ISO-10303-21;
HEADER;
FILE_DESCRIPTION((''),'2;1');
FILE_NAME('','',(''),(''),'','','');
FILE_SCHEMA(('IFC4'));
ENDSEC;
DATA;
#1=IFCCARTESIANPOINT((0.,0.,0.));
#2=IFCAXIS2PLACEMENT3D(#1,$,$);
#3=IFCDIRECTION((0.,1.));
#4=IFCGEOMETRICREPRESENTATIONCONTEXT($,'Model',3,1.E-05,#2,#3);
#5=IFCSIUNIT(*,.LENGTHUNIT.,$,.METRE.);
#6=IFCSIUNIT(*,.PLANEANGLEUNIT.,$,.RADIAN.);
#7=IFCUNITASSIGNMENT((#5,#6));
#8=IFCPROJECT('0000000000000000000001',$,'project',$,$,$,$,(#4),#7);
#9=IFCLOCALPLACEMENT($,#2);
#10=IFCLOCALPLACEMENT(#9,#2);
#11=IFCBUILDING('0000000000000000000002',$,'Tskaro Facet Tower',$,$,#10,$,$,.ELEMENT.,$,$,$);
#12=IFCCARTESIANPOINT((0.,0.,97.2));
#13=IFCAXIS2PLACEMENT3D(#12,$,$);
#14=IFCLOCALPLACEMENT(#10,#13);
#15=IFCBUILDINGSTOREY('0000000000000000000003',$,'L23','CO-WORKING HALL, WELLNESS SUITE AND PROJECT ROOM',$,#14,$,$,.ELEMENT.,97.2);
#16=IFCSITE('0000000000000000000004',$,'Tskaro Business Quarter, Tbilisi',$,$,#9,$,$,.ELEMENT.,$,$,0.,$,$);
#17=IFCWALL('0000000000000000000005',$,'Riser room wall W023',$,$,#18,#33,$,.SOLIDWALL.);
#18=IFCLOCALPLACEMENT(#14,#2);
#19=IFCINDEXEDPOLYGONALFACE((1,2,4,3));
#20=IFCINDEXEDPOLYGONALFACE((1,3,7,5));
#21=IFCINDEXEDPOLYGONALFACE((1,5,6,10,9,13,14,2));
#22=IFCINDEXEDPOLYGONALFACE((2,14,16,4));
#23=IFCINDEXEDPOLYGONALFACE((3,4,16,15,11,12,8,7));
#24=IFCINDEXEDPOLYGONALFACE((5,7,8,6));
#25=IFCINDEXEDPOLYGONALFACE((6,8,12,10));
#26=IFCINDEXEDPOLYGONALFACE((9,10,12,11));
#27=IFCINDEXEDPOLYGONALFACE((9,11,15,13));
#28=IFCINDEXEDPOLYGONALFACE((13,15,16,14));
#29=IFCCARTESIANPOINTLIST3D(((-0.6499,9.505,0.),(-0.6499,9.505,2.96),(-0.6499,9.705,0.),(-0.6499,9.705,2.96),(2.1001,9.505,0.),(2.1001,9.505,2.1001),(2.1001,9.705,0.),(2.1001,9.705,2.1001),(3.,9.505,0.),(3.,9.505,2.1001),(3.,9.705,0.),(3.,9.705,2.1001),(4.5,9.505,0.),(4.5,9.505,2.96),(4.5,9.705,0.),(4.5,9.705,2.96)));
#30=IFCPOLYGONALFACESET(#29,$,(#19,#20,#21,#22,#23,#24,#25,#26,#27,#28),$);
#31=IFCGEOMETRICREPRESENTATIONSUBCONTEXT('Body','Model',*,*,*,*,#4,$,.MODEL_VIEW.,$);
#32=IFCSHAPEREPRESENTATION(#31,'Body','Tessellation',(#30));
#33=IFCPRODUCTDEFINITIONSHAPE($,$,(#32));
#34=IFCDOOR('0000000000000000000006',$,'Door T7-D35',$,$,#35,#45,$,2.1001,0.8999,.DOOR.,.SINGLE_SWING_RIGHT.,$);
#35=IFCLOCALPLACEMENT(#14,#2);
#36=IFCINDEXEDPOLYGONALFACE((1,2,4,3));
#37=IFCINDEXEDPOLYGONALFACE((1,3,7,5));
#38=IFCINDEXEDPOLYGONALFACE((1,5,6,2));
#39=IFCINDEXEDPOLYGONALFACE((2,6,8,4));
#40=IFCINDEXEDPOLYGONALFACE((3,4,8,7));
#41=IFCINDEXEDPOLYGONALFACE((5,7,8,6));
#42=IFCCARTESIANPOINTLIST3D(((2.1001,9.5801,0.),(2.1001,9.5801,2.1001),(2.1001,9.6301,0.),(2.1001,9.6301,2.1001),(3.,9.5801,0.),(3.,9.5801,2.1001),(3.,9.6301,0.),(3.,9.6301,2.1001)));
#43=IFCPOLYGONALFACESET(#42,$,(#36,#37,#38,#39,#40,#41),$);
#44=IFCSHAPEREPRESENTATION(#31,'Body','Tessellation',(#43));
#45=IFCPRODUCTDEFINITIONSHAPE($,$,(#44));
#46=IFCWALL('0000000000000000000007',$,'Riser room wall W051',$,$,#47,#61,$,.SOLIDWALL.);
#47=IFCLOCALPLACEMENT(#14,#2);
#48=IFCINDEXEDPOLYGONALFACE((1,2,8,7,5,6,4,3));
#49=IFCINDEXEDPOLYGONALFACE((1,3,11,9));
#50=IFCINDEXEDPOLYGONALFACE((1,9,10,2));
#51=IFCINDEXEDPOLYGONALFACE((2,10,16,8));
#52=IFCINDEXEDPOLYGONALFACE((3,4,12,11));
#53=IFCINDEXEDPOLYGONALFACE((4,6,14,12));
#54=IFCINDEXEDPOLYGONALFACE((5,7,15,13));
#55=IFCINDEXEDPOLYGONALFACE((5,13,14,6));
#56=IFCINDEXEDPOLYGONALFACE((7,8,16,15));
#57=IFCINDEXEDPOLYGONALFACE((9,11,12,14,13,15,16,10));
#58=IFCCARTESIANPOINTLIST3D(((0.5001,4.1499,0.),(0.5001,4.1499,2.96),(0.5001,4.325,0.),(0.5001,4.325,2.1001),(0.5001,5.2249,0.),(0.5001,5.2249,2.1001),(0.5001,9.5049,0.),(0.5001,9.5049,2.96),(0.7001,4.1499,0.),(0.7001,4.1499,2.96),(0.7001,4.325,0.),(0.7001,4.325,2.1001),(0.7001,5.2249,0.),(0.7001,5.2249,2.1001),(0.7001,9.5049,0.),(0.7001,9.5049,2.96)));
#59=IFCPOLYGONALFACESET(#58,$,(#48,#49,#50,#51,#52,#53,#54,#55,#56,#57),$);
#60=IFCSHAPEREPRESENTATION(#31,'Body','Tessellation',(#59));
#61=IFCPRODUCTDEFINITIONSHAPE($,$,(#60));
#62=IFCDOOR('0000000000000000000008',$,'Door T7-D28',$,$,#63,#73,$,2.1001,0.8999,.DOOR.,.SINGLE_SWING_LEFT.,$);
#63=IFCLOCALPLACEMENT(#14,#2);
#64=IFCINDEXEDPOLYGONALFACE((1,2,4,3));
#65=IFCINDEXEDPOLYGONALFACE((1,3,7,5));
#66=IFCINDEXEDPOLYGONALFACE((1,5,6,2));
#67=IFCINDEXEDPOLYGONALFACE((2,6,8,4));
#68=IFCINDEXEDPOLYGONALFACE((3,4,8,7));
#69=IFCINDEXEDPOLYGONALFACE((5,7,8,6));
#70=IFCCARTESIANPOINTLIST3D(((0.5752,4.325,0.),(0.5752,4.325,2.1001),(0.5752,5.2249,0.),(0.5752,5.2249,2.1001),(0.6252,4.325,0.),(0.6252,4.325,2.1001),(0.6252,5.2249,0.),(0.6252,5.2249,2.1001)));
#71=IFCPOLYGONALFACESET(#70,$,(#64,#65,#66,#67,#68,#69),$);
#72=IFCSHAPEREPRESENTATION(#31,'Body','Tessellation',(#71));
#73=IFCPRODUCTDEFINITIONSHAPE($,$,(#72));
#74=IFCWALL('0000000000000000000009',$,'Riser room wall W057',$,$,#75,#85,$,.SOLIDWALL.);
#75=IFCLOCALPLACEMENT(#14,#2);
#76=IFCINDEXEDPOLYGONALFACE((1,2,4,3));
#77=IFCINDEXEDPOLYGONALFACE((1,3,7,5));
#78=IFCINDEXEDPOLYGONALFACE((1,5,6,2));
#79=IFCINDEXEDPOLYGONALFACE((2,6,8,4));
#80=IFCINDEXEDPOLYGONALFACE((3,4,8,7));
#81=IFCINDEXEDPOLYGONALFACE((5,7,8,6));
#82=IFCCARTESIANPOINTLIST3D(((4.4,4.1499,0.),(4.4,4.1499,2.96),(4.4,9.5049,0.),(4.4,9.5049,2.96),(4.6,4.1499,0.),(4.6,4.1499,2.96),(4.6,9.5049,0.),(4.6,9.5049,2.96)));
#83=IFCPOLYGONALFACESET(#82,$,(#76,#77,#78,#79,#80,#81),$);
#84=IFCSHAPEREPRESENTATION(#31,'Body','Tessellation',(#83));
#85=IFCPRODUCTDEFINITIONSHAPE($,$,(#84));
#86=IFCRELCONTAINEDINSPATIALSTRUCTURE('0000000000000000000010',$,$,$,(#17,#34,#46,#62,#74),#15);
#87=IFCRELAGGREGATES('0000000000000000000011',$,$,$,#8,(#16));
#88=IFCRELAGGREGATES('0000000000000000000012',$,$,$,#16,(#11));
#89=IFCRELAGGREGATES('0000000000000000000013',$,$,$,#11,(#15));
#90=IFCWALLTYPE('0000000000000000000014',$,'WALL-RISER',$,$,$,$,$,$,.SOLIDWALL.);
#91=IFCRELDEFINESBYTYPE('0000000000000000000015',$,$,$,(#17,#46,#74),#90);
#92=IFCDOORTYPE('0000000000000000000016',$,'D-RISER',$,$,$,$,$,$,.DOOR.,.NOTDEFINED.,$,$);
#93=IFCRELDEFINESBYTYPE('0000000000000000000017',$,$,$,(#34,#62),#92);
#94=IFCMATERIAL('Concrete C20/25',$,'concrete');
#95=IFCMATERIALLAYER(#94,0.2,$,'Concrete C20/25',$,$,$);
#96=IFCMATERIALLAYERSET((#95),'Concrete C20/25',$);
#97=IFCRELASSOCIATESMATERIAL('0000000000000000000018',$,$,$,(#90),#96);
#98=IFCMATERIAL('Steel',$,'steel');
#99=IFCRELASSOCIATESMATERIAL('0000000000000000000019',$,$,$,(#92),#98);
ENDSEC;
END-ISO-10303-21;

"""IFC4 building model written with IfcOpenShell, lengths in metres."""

from ifc_helpers import new_model, si_unit, direction, frame, frame_2d, origin, place, context, subcontext, project, spatial, rectangle, extrude, material, layer, layer_set, type_object, element, fill, save


model = new_model("IFC4")

# Units and contexts
model_context = context("Model", 3, precision=1e-05, world=origin(), true_north=direction((0.0, 1.0)))
body_context = subcontext(model_context, "Body", "Model", "MODEL_VIEW")
ifc_project = project(units=[si_unit("LENGTHUNIT", "METRE"), si_unit("PLANEANGLEUNIT", "RADIAN")], contexts=[model_context])

# Site, building, storey
site_placement = place(None, origin())
site = spatial("IfcSite", under=ifc_project, at=site_placement, Name="Tskaro Business Quarter, Tbilisi", CompositionType="ELEMENT", RefElevation=0.0)
building_placement = place(site_placement, origin())
building = spatial("IfcBuilding", under=site, at=building_placement, Name="Tskaro Facet Tower", CompositionType="ELEMENT")
storey_placement = place(building_placement, frame((0.0, 0.0, 97.2)))
storey = spatial("IfcBuildingStorey", under=building, at=storey_placement, Name="L23", Description="CO-WORKING HALL, WELLNESS SUITE AND PROJECT ROOM", CompositionType="ELEMENT", Elevation=97.2)

# Shared definitions
ifc_material_1 = material(Name="Concrete C20/25", Category="concrete")

# Walls, openings, doors
ifc_layer_1 = layer(ifc_material_1, 0.2, Name="Concrete C20/25")
ifc_layer_set_1 = layer_set([ifc_layer_1], Name="Concrete C20/25")
wall_type_1 = type_object("IfcWallType", Name="WALL-RISER", PredefinedType="SOLIDWALL", material=ifc_layer_set_1)
wall_1_placement = place(storey_placement, frame((4.5, 9.605, 0.0), z_axis=(0.0, 0.0, 1.0), x_axis=(-1.0, 0.0, 0.0)))
wall_1 = element("IfcWall", 1, at=wall_1_placement, inside=storey, type_object=wall_type_1, Name="Riser room wall W023", PredefinedType="SOLIDWALL", context=body_context, shape_type="SweptSolid", body=[
    extrude(rectangle(XDim=5.1499, YDim=0.2, at=frame_2d((2.575, 0.0))), origin(), (0.0, 0.0, 1.0), 2.96),
])
opening_1_placement = place(wall_1_placement, frame((1.5, 0.0, 0.0)))
opening_1 = element("IfcOpeningElement", 2, at=opening_1_placement, cuts=wall_1, PredefinedType="OPENING", context=body_context, shape_type="SweptSolid", body=[
    extrude(rectangle(XDim=0.8999, YDim=2.1001, at=frame_2d((0.45, 1.05))), frame((0.0, 0.1099, 0.0), z_axis=(0.0, -1.0, 0.0), x_axis=(1.0, 0.0, 0.0)), (0.0, 0.0, 1.0), 0.22),
])
ifc_material_2 = material(Name="Steel", Category="steel")
door_type_1 = type_object("IfcDoorType", Name="D-RISER", OperationType="NOTDEFINED", PredefinedType="DOOR", material=ifc_material_2)
door_1_placement = place(opening_1_placement, origin())
door_1 = element("IfcDoor", 3, at=door_1_placement, inside=storey, type_object=door_type_1, Name="Door T7-D35", OperationType="SINGLE_SWING_RIGHT", OverallHeight=2.1001, OverallWidth=0.8999, PredefinedType="DOOR", context=body_context, shape_type="SweptSolid", body=[
    extrude(rectangle(XDim=0.8999, YDim=2.1001, at=frame_2d((0.45, 1.05))), frame((0.0, 0.0249, 0.0), z_axis=(0.0, -1.0, 0.0), x_axis=(1.0, 0.0, 0.0)), (0.0, 0.0, 1.0), 0.05),
])
fill(opening_1, door_1)
wall_2_placement = place(storey_placement, frame((0.6001, 4.1499, 0.0), z_axis=(0.0, 0.0, 1.0), x_axis=(0.0, 1.0, 0.0)))
wall_2 = element("IfcWall", 4, at=wall_2_placement, inside=storey, type_object=wall_type_1, Name="Riser room wall W051", PredefinedType="SOLIDWALL", context=body_context, shape_type="SweptSolid", body=[
    extrude(rectangle(XDim=5.355, YDim=0.2, at=frame_2d((2.6775, 0.0))), origin(), (0.0, 0.0, 1.0), 2.96),
])
opening_2_placement = place(wall_2_placement, frame((0.175, 0.0, 0.0)))
opening_2 = element("IfcOpeningElement", 5, at=opening_2_placement, cuts=wall_2, PredefinedType="OPENING", context=body_context, shape_type="SweptSolid", body=[
    extrude(rectangle(XDim=0.8999, YDim=2.1001, at=frame_2d((0.45, 1.05))), frame((0.0, 0.1099, 0.0), z_axis=(0.0, -1.0, 0.0), x_axis=(1.0, 0.0, 0.0)), (0.0, 0.0, 1.0), 0.22),
])
door_2_placement = place(opening_2_placement, origin())
door_2 = element("IfcDoor", 6, at=door_2_placement, inside=storey, type_object=door_type_1, Name="Door T7-D28", OperationType="SINGLE_SWING_LEFT", OverallHeight=2.1001, OverallWidth=0.8999, PredefinedType="DOOR", context=body_context, shape_type="SweptSolid", body=[
    extrude(rectangle(XDim=0.8999, YDim=2.1001, at=frame_2d((0.45, 1.05))), frame((0.0, 0.0249, 0.0), z_axis=(0.0, -1.0, 0.0), x_axis=(1.0, 0.0, 0.0)), (0.0, 0.0, 1.0), 0.05),
])
fill(opening_2, door_2)

# Wall
wall_3_placement = place(storey_placement, frame((4.5, 4.1499, 0.0), z_axis=(0.0, 0.0, 1.0), x_axis=(0.0, 1.0, 0.0)))
element("IfcWall", 7, at=wall_3_placement, inside=storey, type_object=wall_type_1, Name="Riser room wall W057", PredefinedType="SOLIDWALL", context=body_context, shape_type="SweptSolid", body=[
    extrude(rectangle(XDim=5.355, YDim=0.2, at=frame_2d((2.6775, 0.0))), origin(), (0.0, 0.0, 1.0), 2.96),
])

save(model, "model.ifc")
